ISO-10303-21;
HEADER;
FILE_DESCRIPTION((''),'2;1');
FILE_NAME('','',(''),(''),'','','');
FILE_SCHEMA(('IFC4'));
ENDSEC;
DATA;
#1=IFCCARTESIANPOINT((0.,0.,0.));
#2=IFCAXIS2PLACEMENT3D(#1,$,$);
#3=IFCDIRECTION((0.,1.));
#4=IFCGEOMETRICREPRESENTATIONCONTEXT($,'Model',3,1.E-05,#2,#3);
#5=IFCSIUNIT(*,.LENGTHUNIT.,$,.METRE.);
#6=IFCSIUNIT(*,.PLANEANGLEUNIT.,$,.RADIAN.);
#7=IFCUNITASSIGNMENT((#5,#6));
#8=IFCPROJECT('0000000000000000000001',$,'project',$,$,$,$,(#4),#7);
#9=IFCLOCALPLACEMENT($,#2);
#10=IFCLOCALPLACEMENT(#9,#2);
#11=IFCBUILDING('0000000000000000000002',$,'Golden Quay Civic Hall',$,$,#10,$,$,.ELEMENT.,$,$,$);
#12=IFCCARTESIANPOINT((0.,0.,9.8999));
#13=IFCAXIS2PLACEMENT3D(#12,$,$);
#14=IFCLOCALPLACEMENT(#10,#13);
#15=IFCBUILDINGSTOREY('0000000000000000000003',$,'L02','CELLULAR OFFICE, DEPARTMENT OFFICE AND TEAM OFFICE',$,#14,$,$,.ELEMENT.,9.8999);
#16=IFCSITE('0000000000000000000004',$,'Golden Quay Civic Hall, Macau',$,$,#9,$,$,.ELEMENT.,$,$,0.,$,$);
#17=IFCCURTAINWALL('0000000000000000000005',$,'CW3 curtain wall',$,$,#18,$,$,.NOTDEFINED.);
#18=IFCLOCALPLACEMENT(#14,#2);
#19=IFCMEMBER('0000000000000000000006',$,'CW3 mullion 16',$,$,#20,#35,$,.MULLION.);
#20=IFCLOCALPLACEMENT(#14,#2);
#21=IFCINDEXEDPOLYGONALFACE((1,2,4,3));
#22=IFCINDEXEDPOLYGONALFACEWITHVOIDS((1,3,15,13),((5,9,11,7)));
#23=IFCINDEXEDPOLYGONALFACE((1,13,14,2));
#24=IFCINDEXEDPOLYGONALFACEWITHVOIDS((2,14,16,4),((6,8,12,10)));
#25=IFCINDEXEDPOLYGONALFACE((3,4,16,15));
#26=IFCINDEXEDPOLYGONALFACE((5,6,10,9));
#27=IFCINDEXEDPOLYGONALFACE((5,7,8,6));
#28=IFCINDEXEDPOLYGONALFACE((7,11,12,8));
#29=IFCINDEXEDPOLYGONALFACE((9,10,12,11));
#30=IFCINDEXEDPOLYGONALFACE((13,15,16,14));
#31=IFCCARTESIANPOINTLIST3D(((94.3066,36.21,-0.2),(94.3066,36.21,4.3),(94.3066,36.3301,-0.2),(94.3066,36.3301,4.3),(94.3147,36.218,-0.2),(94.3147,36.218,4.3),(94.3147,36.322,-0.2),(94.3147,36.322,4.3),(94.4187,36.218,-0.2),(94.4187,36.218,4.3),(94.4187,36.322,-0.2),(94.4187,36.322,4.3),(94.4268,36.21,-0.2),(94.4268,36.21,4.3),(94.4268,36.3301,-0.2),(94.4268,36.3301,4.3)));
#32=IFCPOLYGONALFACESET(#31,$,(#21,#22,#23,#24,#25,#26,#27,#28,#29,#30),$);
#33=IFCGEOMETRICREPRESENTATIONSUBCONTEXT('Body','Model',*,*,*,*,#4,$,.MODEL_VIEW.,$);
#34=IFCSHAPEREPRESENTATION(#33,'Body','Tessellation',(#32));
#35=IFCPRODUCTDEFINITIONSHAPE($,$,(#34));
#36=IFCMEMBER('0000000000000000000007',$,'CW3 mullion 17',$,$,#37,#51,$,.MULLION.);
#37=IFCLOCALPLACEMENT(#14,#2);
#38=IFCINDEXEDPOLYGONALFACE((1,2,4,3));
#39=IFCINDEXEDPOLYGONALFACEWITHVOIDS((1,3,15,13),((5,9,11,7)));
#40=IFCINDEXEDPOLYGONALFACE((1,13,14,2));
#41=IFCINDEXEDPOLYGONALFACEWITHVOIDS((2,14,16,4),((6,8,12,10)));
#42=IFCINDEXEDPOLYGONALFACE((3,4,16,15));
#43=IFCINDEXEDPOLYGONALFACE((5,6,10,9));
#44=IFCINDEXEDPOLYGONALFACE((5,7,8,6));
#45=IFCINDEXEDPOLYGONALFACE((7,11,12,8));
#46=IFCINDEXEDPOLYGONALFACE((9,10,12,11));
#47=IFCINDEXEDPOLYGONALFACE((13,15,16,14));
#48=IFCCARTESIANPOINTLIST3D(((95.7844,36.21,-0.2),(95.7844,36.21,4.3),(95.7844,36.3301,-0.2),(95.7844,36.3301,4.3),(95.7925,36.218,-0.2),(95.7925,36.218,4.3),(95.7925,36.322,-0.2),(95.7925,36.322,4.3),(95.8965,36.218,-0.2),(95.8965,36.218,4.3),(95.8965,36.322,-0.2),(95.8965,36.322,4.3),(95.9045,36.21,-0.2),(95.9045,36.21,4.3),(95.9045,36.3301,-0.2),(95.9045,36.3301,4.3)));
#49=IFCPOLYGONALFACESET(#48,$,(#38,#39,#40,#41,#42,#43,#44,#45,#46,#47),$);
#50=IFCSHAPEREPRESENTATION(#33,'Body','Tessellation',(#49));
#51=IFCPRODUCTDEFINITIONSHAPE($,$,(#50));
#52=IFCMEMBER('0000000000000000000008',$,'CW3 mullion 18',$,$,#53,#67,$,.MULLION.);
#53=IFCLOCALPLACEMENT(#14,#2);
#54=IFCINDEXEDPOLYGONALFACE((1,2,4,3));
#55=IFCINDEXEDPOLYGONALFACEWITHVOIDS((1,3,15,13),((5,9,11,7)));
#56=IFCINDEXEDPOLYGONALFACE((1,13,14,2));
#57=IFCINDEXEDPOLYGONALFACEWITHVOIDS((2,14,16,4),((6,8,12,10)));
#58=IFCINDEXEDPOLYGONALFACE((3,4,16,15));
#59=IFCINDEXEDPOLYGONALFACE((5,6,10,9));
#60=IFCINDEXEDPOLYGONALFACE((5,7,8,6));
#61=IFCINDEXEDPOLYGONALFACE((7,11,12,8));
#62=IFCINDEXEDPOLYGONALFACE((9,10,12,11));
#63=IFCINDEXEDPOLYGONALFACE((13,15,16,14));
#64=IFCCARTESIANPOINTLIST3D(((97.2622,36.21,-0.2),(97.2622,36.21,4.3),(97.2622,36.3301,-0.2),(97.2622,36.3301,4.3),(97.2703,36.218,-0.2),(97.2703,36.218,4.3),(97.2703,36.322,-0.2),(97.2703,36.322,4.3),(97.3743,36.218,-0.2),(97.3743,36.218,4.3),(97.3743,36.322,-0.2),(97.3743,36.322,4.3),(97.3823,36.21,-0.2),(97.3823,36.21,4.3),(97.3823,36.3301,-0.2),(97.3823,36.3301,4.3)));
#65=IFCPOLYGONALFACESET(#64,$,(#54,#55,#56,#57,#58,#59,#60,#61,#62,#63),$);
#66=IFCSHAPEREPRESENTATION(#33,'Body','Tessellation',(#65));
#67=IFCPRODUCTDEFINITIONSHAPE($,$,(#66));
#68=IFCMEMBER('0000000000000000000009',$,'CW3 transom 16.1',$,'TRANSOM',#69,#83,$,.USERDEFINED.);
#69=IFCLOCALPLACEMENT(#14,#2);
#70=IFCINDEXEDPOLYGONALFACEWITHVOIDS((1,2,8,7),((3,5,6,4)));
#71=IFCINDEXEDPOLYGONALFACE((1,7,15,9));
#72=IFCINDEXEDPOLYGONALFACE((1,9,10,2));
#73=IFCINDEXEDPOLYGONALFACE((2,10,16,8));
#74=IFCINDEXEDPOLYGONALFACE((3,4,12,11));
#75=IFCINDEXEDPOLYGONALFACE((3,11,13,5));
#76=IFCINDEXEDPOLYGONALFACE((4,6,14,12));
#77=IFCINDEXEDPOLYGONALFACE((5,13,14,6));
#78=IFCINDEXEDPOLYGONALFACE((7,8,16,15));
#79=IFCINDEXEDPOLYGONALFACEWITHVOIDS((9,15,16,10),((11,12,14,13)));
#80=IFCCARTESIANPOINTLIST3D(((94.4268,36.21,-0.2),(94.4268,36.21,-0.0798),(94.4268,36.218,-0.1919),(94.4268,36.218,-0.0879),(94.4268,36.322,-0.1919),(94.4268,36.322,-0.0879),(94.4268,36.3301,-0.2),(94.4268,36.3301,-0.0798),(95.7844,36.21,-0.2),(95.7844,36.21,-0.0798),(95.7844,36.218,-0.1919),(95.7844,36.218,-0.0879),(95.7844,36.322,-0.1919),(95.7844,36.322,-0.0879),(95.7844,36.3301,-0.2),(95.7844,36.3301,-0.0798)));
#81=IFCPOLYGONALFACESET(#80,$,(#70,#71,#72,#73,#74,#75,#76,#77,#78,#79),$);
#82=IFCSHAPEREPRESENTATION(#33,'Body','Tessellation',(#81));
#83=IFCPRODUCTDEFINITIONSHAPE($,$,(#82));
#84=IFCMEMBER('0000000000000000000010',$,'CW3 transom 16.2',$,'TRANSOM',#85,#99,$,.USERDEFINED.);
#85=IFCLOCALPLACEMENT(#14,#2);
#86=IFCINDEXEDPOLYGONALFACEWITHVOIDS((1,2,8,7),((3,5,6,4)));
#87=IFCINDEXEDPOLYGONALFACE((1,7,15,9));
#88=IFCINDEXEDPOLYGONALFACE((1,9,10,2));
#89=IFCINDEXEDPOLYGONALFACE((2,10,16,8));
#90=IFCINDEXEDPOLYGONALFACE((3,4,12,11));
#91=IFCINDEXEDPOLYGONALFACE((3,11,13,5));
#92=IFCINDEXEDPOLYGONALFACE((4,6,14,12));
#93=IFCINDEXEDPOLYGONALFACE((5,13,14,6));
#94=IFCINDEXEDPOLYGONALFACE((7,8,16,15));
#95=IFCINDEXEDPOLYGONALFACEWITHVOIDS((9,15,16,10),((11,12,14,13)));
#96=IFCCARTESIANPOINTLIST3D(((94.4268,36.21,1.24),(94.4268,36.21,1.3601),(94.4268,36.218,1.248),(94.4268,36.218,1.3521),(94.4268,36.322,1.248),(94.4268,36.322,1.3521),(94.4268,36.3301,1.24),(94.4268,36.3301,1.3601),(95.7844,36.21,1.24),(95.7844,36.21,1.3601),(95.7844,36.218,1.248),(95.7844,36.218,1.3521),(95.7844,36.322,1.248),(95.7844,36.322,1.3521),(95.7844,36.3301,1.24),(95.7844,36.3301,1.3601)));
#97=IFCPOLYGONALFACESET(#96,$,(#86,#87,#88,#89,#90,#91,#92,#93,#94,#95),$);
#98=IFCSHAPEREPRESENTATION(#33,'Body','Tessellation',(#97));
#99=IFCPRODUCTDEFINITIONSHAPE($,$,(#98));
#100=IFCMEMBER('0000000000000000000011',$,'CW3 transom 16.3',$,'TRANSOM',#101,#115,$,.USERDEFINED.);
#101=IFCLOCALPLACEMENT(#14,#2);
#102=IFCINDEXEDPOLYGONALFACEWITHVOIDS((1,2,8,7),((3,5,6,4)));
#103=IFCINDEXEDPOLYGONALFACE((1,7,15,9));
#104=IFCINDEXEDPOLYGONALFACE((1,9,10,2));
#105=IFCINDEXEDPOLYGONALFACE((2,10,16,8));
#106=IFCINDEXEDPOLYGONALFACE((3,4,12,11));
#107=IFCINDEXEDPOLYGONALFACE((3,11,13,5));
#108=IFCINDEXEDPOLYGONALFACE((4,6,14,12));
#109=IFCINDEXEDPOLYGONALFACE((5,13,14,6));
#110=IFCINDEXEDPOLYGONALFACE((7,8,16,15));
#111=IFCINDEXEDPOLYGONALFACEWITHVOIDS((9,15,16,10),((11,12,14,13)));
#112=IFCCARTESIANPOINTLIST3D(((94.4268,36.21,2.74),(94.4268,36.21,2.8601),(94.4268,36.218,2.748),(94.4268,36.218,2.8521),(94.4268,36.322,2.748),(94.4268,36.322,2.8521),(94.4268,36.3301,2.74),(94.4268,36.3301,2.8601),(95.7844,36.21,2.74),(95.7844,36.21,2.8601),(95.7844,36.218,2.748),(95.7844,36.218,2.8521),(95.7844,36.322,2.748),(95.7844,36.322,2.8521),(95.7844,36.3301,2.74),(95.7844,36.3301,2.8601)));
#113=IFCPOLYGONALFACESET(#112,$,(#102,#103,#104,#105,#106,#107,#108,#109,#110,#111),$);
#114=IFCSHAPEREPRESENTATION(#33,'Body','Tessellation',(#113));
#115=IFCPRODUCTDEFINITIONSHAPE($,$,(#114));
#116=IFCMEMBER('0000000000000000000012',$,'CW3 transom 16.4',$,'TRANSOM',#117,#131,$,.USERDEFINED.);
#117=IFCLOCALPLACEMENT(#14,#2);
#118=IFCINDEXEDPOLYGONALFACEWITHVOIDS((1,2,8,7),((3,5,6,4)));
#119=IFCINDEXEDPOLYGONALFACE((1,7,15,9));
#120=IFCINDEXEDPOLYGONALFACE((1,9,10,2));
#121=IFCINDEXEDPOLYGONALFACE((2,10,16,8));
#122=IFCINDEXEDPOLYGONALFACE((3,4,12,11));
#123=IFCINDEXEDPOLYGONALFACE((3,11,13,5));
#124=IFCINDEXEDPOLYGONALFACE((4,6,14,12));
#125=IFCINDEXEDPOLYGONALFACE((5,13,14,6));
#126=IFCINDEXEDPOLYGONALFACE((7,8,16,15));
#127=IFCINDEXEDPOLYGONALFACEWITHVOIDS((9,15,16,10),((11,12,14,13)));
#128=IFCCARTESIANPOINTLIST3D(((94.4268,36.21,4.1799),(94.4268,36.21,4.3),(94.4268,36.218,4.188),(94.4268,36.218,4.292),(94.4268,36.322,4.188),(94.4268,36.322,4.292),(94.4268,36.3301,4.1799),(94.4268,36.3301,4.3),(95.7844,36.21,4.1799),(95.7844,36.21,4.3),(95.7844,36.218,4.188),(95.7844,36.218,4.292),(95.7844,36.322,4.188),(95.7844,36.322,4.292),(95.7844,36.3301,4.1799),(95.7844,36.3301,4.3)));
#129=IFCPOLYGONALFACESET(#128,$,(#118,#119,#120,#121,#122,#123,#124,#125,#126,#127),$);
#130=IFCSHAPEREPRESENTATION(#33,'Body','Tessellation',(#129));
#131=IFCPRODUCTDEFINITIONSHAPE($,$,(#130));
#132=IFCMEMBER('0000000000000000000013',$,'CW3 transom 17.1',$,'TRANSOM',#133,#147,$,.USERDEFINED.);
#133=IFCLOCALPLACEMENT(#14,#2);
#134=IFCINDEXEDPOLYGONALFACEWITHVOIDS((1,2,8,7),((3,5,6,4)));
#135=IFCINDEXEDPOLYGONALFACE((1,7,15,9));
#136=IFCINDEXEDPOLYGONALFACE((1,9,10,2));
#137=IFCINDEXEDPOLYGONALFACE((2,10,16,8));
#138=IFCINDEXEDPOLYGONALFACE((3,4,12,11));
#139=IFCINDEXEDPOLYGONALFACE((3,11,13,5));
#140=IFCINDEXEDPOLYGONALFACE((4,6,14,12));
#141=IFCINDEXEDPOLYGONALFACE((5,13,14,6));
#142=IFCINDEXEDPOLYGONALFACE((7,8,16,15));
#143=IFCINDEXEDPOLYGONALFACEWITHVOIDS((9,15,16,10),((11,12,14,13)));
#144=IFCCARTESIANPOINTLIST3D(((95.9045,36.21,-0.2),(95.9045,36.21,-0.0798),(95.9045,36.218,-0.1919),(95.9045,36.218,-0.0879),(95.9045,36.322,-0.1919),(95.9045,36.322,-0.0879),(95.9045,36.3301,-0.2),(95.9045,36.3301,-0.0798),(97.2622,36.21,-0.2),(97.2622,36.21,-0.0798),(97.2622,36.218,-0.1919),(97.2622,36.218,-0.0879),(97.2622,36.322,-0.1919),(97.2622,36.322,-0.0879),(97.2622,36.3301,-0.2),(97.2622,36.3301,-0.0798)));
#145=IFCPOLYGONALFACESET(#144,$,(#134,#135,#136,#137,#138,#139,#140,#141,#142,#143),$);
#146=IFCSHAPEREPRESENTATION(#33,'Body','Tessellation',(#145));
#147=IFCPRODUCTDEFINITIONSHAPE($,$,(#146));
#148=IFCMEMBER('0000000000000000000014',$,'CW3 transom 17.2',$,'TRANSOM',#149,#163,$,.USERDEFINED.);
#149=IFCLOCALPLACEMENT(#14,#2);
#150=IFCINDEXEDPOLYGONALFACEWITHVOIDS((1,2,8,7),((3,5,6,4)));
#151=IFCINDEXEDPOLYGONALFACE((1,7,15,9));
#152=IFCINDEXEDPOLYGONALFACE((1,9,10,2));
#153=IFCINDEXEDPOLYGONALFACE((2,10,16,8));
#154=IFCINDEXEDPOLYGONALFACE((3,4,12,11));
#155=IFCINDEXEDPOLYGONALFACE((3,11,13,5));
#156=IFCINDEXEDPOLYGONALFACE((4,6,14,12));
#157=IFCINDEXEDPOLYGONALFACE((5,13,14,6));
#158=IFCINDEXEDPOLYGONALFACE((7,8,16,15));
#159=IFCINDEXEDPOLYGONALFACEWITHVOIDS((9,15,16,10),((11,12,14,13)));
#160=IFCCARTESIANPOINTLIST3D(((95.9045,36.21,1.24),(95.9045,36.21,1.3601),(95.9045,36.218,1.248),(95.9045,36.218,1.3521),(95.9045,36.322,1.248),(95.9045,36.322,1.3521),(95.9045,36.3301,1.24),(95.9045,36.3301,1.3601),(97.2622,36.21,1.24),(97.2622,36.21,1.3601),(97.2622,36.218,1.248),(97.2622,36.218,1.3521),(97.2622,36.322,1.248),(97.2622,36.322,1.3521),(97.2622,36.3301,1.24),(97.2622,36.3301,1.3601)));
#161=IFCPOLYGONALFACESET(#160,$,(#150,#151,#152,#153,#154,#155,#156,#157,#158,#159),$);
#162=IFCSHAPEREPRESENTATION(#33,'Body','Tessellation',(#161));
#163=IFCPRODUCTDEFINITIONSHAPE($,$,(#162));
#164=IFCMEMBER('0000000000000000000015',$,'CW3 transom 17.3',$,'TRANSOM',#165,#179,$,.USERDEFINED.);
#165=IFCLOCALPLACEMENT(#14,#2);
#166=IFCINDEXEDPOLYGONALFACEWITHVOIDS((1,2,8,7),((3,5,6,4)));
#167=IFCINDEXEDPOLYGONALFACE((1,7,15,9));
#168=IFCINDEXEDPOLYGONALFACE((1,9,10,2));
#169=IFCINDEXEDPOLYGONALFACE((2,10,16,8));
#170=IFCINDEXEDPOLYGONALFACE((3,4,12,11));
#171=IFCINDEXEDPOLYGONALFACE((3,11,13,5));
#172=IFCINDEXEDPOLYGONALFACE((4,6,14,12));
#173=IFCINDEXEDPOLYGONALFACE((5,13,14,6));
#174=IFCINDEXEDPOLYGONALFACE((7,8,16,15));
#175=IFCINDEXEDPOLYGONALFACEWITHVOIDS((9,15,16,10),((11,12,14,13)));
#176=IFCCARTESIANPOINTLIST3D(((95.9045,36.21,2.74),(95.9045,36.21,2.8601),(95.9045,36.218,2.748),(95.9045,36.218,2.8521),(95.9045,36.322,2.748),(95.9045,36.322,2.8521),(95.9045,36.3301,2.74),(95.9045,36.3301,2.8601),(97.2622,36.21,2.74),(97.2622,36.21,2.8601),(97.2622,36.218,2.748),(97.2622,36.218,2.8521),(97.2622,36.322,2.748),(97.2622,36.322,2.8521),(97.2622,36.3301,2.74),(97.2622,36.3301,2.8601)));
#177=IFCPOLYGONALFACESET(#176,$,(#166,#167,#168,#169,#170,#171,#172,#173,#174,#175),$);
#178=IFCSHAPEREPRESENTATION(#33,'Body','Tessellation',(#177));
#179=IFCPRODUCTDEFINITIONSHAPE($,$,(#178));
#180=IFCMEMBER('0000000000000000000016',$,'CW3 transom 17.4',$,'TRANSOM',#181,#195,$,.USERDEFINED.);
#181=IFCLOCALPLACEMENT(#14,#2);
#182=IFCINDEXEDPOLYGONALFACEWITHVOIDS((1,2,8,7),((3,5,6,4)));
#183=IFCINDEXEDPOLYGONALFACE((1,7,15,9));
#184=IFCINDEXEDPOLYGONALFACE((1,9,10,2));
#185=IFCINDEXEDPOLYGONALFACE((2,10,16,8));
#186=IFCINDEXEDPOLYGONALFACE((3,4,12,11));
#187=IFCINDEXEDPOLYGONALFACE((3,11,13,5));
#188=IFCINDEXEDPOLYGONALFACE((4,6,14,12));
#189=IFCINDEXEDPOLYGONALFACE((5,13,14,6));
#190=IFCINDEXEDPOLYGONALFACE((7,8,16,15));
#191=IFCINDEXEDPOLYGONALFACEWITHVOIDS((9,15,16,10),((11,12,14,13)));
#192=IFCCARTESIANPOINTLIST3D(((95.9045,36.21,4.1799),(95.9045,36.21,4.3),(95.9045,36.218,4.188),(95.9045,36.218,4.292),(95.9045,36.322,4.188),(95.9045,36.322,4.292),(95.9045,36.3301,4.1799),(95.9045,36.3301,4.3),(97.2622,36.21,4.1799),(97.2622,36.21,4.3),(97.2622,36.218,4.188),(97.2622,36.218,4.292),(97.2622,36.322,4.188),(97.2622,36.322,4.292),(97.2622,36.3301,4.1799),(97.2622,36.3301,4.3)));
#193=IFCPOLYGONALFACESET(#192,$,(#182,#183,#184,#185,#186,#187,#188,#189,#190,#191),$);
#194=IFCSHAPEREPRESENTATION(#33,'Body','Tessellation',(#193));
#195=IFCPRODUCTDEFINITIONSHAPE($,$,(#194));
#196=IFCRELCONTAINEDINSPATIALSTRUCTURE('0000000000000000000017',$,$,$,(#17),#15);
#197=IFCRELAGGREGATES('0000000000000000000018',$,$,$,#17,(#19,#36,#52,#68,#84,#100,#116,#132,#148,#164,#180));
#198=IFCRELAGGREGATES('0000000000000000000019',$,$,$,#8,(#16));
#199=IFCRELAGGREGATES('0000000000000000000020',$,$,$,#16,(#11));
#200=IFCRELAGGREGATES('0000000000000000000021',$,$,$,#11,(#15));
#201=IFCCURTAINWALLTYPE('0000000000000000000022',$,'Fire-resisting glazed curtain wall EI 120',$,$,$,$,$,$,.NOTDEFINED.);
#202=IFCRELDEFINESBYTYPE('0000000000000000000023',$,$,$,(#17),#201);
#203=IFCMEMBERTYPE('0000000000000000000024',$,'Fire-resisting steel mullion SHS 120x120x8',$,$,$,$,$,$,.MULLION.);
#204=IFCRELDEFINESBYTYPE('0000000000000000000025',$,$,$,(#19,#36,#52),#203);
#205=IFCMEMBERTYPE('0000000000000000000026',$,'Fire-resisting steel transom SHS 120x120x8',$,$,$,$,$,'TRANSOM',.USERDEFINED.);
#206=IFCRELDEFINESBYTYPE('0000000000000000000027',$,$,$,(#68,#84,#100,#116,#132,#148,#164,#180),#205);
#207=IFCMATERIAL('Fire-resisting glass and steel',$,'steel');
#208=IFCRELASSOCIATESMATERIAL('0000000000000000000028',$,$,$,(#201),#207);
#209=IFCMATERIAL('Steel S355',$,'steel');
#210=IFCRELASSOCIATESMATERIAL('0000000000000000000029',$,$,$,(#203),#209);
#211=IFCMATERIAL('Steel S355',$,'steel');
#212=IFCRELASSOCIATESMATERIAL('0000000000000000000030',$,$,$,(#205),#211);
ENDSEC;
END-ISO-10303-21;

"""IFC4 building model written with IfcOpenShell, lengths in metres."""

from ifc_helpers import new_model, si_unit, direction, frame, origin, origin_2d, place, context, subcontext, project, spatial, hollow_rectangle, extrude, material, material_profile, profile_set, type_object, element, aggregate, save


model = new_model("IFC4")

# Units and contexts
model_context = context("Model", 3, precision=1e-05, world=origin(), true_north=direction((0.0, 1.0)))
body_context = subcontext(model_context, "Body", "Model", "MODEL_VIEW")
ifc_project = project(units=[si_unit("LENGTHUNIT", "METRE"), si_unit("PLANEANGLEUNIT", "RADIAN")], contexts=[model_context])

# Site, building, storey
site_placement = place(None, origin())
site = spatial("IfcSite", under=ifc_project, at=site_placement, Name="Golden Quay Civic Hall, Macau", CompositionType="ELEMENT", RefElevation=0.0)
building_placement = place(site_placement, origin())
building = spatial("IfcBuilding", under=site, at=building_placement, Name="Golden Quay Civic Hall", CompositionType="ELEMENT")
storey_placement = place(building_placement, frame((0.0, 0.0, 9.8999)))
storey = spatial("IfcBuildingStorey", under=building, at=storey_placement, Name="L02", Description="CELLULAR OFFICE, DEPARTMENT OFFICE AND TEAM OFFICE", CompositionType="ELEMENT", Elevation=9.8999)

# Curtain wall, members
ifc_material_1 = material(Name="Fire-resisting glass and steel", Category="steel")
curtain_wall_type = type_object("IfcCurtainWallType", Name="Fire-resisting glazed curtain wall EI 120", PredefinedType="NOTDEFINED", material=ifc_material_1)
curtain_wall_placement = place(storey_placement, origin())
curtain_wall = element("IfcCurtainWall", 1, at=curtain_wall_placement, inside=storey, type_object=curtain_wall_type, Name="CW3 curtain wall", PredefinedType="NOTDEFINED")
ifc_material_2 = material(Name="Steel S355", Category="steel")
ifc_material_profile_1 = material_profile(ifc_material_2, hollow_rectangle(XDim=0.1201, YDim=0.1201, WallThickness=0.0081, at=origin_2d()), Name="SHS 120x120x8")
ifc_profile_set_1 = profile_set([ifc_material_profile_1], Name="Steel S355")
member_type_1 = type_object("IfcMemberType", Name="Fire-resisting steel mullion SHS 120x120x8", PredefinedType="MULLION", material=ifc_profile_set_1)
member_1_placement = place(storey_placement, frame((94.3667, 36.27, -0.2), z_axis=(0.0, 0.0, 1.0), x_axis=(0.0, 1.0, 0.0)))
member_1 = element("IfcMember", 2, at=member_1_placement, type_object=member_type_1, Name="CW3 mullion 16", PredefinedType="MULLION", context=body_context, shape_type="SweptSolid", body=[
    extrude(hollow_rectangle(XDim=0.1201, YDim=0.1201, WallThickness=0.0081, at=origin_2d()), origin(), (0.0, 0.0, 1.0), 4.5),
])
member_2_placement = place(storey_placement, frame((95.8445, 36.27, -0.2), z_axis=(0.0, 0.0, 1.0), x_axis=(0.0, 1.0, 0.0)))
member_2 = element("IfcMember", 3, at=member_2_placement, type_object=member_type_1, Name="CW3 mullion 17", PredefinedType="MULLION", context=body_context, shape_type="SweptSolid", body=[
    extrude(hollow_rectangle(XDim=0.1201, YDim=0.1201, WallThickness=0.0081, at=origin_2d()), origin(), (0.0, 0.0, 1.0), 4.5),
])
member_3_placement = place(storey_placement, frame((97.3223, 36.27, -0.2), z_axis=(0.0, 0.0, 1.0), x_axis=(0.0, 1.0, 0.0)))
member_3 = element("IfcMember", 4, at=member_3_placement, type_object=member_type_1, Name="CW3 mullion 18", PredefinedType="MULLION", context=body_context, shape_type="SweptSolid", body=[
    extrude(hollow_rectangle(XDim=0.1201, YDim=0.1201, WallThickness=0.0081, at=origin_2d()), origin(), (0.0, 0.0, 1.0), 4.5),
])
ifc_material_3 = material(Name="Steel S355", Category="steel")
ifc_material_profile_2 = material_profile(ifc_material_3, hollow_rectangle(XDim=0.1201, YDim=0.1201, WallThickness=0.0081, at=origin_2d()), Name="SHS 120x120x8")
ifc_profile_set_2 = profile_set([ifc_material_profile_2], Name="Steel S355")
member_type_2 = type_object("IfcMemberType", Name="Fire-resisting steel transom SHS 120x120x8", ElementType="TRANSOM", PredefinedType="USERDEFINED", material=ifc_profile_set_2)
member_4_placement = place(storey_placement, frame((94.4268, 36.27, -0.1399), z_axis=(1.0, 0.0, 0.0), x_axis=(0.0, 1.0, 0.0)))
member_4 = element("IfcMember", 5, at=member_4_placement, type_object=member_type_2, Name="CW3 transom 16.1", ObjectType="TRANSOM", PredefinedType="USERDEFINED", context=body_context, shape_type="SweptSolid", body=[
    extrude(hollow_rectangle(XDim=0.1201, YDim=0.1201, WallThickness=0.0081, at=origin_2d()), origin(), (0.0, 0.0, 1.0), 1.3577),
])
member_5_placement = place(storey_placement, frame((94.4268, 36.27, 1.3), z_axis=(1.0, 0.0, 0.0), x_axis=(0.0, 1.0, 0.0)))
member_5 = element("IfcMember", 6, at=member_5_placement, type_object=member_type_2, Name="CW3 transom 16.2", ObjectType="TRANSOM", PredefinedType="USERDEFINED", context=body_context, shape_type="SweptSolid", body=[
    extrude(hollow_rectangle(XDim=0.1201, YDim=0.1201, WallThickness=0.0081, at=origin_2d()), origin(), (0.0, 0.0, 1.0), 1.3577),
])
member_6_placement = place(storey_placement, frame((94.4268, 36.27, 2.8), z_axis=(1.0, 0.0, 0.0), x_axis=(0.0, 1.0, 0.0)))
member_6 = element("IfcMember", 7, at=member_6_placement, type_object=member_type_2, Name="CW3 transom 16.3", ObjectType="TRANSOM", PredefinedType="USERDEFINED", context=body_context, shape_type="SweptSolid", body=[
    extrude(hollow_rectangle(XDim=0.1201, YDim=0.1201, WallThickness=0.0081, at=origin_2d()), origin(), (0.0, 0.0, 1.0), 1.3577),
])
member_7_placement = place(storey_placement, frame((94.4268, 36.27, 4.24), z_axis=(1.0, 0.0, 0.0), x_axis=(0.0, 1.0, 0.0)))
member_7 = element("IfcMember", 8, at=member_7_placement, type_object=member_type_2, Name="CW3 transom 16.4", ObjectType="TRANSOM", PredefinedType="USERDEFINED", context=body_context, shape_type="SweptSolid", body=[
    extrude(hollow_rectangle(XDim=0.1201, YDim=0.1201, WallThickness=0.0081, at=origin_2d()), origin(), (0.0, 0.0, 1.0), 1.3577),
])
member_8_placement = place(storey_placement, frame((95.9045, 36.27, -0.1399), z_axis=(1.0, 0.0, 0.0), x_axis=(0.0, 1.0, 0.0)))
member_8 = element("IfcMember", 9, at=member_8_placement, type_object=member_type_2, Name="CW3 transom 17.1", ObjectType="TRANSOM", PredefinedType="USERDEFINED", context=body_context, shape_type="SweptSolid", body=[
    extrude(hollow_rectangle(XDim=0.1201, YDim=0.1201, WallThickness=0.0081, at=origin_2d()), origin(), (0.0, 0.0, 1.0), 1.3577),
])
member_9_placement = place(storey_placement, frame((95.9045, 36.27, 1.3), z_axis=(1.0, 0.0, 0.0), x_axis=(0.0, 1.0, 0.0)))
member_9 = element("IfcMember", 10, at=member_9_placement, type_object=member_type_2, Name="CW3 transom 17.2", ObjectType="TRANSOM", PredefinedType="USERDEFINED", context=body_context, shape_type="SweptSolid", body=[
    extrude(hollow_rectangle(XDim=0.1201, YDim=0.1201, WallThickness=0.0081, at=origin_2d()), origin(), (0.0, 0.0, 1.0), 1.3577),
])
member_10_placement = place(storey_placement, frame((95.9045, 36.27, 2.8), z_axis=(1.0, 0.0, 0.0), x_axis=(0.0, 1.0, 0.0)))
member_10 = element("IfcMember", 11, at=member_10_placement, type_object=member_type_2, Name="CW3 transom 17.3", ObjectType="TRANSOM", PredefinedType="USERDEFINED", context=body_context, shape_type="SweptSolid", body=[
    extrude(hollow_rectangle(XDim=0.1201, YDim=0.1201, WallThickness=0.0081, at=origin_2d()), origin(), (0.0, 0.0, 1.0), 1.3577),
])
member_11_placement = place(storey_placement, frame((95.9045, 36.27, 4.24), z_axis=(1.0, 0.0, 0.0), x_axis=(0.0, 1.0, 0.0)))
member_11 = element("IfcMember", 12, at=member_11_placement, type_object=member_type_2, Name="CW3 transom 17.4", ObjectType="TRANSOM", PredefinedType="USERDEFINED", context=body_context, shape_type="SweptSolid", body=[
    extrude(hollow_rectangle(XDim=0.1201, YDim=0.1201, WallThickness=0.0081, at=origin_2d()), origin(), (0.0, 0.0, 1.0), 1.3577),
])
aggregate(curtain_wall, [member_1, member_2, member_3, member_4, member_5, member_6, member_7, member_8, member_9, member_10, member_11])

save(model, "model.ifc")
